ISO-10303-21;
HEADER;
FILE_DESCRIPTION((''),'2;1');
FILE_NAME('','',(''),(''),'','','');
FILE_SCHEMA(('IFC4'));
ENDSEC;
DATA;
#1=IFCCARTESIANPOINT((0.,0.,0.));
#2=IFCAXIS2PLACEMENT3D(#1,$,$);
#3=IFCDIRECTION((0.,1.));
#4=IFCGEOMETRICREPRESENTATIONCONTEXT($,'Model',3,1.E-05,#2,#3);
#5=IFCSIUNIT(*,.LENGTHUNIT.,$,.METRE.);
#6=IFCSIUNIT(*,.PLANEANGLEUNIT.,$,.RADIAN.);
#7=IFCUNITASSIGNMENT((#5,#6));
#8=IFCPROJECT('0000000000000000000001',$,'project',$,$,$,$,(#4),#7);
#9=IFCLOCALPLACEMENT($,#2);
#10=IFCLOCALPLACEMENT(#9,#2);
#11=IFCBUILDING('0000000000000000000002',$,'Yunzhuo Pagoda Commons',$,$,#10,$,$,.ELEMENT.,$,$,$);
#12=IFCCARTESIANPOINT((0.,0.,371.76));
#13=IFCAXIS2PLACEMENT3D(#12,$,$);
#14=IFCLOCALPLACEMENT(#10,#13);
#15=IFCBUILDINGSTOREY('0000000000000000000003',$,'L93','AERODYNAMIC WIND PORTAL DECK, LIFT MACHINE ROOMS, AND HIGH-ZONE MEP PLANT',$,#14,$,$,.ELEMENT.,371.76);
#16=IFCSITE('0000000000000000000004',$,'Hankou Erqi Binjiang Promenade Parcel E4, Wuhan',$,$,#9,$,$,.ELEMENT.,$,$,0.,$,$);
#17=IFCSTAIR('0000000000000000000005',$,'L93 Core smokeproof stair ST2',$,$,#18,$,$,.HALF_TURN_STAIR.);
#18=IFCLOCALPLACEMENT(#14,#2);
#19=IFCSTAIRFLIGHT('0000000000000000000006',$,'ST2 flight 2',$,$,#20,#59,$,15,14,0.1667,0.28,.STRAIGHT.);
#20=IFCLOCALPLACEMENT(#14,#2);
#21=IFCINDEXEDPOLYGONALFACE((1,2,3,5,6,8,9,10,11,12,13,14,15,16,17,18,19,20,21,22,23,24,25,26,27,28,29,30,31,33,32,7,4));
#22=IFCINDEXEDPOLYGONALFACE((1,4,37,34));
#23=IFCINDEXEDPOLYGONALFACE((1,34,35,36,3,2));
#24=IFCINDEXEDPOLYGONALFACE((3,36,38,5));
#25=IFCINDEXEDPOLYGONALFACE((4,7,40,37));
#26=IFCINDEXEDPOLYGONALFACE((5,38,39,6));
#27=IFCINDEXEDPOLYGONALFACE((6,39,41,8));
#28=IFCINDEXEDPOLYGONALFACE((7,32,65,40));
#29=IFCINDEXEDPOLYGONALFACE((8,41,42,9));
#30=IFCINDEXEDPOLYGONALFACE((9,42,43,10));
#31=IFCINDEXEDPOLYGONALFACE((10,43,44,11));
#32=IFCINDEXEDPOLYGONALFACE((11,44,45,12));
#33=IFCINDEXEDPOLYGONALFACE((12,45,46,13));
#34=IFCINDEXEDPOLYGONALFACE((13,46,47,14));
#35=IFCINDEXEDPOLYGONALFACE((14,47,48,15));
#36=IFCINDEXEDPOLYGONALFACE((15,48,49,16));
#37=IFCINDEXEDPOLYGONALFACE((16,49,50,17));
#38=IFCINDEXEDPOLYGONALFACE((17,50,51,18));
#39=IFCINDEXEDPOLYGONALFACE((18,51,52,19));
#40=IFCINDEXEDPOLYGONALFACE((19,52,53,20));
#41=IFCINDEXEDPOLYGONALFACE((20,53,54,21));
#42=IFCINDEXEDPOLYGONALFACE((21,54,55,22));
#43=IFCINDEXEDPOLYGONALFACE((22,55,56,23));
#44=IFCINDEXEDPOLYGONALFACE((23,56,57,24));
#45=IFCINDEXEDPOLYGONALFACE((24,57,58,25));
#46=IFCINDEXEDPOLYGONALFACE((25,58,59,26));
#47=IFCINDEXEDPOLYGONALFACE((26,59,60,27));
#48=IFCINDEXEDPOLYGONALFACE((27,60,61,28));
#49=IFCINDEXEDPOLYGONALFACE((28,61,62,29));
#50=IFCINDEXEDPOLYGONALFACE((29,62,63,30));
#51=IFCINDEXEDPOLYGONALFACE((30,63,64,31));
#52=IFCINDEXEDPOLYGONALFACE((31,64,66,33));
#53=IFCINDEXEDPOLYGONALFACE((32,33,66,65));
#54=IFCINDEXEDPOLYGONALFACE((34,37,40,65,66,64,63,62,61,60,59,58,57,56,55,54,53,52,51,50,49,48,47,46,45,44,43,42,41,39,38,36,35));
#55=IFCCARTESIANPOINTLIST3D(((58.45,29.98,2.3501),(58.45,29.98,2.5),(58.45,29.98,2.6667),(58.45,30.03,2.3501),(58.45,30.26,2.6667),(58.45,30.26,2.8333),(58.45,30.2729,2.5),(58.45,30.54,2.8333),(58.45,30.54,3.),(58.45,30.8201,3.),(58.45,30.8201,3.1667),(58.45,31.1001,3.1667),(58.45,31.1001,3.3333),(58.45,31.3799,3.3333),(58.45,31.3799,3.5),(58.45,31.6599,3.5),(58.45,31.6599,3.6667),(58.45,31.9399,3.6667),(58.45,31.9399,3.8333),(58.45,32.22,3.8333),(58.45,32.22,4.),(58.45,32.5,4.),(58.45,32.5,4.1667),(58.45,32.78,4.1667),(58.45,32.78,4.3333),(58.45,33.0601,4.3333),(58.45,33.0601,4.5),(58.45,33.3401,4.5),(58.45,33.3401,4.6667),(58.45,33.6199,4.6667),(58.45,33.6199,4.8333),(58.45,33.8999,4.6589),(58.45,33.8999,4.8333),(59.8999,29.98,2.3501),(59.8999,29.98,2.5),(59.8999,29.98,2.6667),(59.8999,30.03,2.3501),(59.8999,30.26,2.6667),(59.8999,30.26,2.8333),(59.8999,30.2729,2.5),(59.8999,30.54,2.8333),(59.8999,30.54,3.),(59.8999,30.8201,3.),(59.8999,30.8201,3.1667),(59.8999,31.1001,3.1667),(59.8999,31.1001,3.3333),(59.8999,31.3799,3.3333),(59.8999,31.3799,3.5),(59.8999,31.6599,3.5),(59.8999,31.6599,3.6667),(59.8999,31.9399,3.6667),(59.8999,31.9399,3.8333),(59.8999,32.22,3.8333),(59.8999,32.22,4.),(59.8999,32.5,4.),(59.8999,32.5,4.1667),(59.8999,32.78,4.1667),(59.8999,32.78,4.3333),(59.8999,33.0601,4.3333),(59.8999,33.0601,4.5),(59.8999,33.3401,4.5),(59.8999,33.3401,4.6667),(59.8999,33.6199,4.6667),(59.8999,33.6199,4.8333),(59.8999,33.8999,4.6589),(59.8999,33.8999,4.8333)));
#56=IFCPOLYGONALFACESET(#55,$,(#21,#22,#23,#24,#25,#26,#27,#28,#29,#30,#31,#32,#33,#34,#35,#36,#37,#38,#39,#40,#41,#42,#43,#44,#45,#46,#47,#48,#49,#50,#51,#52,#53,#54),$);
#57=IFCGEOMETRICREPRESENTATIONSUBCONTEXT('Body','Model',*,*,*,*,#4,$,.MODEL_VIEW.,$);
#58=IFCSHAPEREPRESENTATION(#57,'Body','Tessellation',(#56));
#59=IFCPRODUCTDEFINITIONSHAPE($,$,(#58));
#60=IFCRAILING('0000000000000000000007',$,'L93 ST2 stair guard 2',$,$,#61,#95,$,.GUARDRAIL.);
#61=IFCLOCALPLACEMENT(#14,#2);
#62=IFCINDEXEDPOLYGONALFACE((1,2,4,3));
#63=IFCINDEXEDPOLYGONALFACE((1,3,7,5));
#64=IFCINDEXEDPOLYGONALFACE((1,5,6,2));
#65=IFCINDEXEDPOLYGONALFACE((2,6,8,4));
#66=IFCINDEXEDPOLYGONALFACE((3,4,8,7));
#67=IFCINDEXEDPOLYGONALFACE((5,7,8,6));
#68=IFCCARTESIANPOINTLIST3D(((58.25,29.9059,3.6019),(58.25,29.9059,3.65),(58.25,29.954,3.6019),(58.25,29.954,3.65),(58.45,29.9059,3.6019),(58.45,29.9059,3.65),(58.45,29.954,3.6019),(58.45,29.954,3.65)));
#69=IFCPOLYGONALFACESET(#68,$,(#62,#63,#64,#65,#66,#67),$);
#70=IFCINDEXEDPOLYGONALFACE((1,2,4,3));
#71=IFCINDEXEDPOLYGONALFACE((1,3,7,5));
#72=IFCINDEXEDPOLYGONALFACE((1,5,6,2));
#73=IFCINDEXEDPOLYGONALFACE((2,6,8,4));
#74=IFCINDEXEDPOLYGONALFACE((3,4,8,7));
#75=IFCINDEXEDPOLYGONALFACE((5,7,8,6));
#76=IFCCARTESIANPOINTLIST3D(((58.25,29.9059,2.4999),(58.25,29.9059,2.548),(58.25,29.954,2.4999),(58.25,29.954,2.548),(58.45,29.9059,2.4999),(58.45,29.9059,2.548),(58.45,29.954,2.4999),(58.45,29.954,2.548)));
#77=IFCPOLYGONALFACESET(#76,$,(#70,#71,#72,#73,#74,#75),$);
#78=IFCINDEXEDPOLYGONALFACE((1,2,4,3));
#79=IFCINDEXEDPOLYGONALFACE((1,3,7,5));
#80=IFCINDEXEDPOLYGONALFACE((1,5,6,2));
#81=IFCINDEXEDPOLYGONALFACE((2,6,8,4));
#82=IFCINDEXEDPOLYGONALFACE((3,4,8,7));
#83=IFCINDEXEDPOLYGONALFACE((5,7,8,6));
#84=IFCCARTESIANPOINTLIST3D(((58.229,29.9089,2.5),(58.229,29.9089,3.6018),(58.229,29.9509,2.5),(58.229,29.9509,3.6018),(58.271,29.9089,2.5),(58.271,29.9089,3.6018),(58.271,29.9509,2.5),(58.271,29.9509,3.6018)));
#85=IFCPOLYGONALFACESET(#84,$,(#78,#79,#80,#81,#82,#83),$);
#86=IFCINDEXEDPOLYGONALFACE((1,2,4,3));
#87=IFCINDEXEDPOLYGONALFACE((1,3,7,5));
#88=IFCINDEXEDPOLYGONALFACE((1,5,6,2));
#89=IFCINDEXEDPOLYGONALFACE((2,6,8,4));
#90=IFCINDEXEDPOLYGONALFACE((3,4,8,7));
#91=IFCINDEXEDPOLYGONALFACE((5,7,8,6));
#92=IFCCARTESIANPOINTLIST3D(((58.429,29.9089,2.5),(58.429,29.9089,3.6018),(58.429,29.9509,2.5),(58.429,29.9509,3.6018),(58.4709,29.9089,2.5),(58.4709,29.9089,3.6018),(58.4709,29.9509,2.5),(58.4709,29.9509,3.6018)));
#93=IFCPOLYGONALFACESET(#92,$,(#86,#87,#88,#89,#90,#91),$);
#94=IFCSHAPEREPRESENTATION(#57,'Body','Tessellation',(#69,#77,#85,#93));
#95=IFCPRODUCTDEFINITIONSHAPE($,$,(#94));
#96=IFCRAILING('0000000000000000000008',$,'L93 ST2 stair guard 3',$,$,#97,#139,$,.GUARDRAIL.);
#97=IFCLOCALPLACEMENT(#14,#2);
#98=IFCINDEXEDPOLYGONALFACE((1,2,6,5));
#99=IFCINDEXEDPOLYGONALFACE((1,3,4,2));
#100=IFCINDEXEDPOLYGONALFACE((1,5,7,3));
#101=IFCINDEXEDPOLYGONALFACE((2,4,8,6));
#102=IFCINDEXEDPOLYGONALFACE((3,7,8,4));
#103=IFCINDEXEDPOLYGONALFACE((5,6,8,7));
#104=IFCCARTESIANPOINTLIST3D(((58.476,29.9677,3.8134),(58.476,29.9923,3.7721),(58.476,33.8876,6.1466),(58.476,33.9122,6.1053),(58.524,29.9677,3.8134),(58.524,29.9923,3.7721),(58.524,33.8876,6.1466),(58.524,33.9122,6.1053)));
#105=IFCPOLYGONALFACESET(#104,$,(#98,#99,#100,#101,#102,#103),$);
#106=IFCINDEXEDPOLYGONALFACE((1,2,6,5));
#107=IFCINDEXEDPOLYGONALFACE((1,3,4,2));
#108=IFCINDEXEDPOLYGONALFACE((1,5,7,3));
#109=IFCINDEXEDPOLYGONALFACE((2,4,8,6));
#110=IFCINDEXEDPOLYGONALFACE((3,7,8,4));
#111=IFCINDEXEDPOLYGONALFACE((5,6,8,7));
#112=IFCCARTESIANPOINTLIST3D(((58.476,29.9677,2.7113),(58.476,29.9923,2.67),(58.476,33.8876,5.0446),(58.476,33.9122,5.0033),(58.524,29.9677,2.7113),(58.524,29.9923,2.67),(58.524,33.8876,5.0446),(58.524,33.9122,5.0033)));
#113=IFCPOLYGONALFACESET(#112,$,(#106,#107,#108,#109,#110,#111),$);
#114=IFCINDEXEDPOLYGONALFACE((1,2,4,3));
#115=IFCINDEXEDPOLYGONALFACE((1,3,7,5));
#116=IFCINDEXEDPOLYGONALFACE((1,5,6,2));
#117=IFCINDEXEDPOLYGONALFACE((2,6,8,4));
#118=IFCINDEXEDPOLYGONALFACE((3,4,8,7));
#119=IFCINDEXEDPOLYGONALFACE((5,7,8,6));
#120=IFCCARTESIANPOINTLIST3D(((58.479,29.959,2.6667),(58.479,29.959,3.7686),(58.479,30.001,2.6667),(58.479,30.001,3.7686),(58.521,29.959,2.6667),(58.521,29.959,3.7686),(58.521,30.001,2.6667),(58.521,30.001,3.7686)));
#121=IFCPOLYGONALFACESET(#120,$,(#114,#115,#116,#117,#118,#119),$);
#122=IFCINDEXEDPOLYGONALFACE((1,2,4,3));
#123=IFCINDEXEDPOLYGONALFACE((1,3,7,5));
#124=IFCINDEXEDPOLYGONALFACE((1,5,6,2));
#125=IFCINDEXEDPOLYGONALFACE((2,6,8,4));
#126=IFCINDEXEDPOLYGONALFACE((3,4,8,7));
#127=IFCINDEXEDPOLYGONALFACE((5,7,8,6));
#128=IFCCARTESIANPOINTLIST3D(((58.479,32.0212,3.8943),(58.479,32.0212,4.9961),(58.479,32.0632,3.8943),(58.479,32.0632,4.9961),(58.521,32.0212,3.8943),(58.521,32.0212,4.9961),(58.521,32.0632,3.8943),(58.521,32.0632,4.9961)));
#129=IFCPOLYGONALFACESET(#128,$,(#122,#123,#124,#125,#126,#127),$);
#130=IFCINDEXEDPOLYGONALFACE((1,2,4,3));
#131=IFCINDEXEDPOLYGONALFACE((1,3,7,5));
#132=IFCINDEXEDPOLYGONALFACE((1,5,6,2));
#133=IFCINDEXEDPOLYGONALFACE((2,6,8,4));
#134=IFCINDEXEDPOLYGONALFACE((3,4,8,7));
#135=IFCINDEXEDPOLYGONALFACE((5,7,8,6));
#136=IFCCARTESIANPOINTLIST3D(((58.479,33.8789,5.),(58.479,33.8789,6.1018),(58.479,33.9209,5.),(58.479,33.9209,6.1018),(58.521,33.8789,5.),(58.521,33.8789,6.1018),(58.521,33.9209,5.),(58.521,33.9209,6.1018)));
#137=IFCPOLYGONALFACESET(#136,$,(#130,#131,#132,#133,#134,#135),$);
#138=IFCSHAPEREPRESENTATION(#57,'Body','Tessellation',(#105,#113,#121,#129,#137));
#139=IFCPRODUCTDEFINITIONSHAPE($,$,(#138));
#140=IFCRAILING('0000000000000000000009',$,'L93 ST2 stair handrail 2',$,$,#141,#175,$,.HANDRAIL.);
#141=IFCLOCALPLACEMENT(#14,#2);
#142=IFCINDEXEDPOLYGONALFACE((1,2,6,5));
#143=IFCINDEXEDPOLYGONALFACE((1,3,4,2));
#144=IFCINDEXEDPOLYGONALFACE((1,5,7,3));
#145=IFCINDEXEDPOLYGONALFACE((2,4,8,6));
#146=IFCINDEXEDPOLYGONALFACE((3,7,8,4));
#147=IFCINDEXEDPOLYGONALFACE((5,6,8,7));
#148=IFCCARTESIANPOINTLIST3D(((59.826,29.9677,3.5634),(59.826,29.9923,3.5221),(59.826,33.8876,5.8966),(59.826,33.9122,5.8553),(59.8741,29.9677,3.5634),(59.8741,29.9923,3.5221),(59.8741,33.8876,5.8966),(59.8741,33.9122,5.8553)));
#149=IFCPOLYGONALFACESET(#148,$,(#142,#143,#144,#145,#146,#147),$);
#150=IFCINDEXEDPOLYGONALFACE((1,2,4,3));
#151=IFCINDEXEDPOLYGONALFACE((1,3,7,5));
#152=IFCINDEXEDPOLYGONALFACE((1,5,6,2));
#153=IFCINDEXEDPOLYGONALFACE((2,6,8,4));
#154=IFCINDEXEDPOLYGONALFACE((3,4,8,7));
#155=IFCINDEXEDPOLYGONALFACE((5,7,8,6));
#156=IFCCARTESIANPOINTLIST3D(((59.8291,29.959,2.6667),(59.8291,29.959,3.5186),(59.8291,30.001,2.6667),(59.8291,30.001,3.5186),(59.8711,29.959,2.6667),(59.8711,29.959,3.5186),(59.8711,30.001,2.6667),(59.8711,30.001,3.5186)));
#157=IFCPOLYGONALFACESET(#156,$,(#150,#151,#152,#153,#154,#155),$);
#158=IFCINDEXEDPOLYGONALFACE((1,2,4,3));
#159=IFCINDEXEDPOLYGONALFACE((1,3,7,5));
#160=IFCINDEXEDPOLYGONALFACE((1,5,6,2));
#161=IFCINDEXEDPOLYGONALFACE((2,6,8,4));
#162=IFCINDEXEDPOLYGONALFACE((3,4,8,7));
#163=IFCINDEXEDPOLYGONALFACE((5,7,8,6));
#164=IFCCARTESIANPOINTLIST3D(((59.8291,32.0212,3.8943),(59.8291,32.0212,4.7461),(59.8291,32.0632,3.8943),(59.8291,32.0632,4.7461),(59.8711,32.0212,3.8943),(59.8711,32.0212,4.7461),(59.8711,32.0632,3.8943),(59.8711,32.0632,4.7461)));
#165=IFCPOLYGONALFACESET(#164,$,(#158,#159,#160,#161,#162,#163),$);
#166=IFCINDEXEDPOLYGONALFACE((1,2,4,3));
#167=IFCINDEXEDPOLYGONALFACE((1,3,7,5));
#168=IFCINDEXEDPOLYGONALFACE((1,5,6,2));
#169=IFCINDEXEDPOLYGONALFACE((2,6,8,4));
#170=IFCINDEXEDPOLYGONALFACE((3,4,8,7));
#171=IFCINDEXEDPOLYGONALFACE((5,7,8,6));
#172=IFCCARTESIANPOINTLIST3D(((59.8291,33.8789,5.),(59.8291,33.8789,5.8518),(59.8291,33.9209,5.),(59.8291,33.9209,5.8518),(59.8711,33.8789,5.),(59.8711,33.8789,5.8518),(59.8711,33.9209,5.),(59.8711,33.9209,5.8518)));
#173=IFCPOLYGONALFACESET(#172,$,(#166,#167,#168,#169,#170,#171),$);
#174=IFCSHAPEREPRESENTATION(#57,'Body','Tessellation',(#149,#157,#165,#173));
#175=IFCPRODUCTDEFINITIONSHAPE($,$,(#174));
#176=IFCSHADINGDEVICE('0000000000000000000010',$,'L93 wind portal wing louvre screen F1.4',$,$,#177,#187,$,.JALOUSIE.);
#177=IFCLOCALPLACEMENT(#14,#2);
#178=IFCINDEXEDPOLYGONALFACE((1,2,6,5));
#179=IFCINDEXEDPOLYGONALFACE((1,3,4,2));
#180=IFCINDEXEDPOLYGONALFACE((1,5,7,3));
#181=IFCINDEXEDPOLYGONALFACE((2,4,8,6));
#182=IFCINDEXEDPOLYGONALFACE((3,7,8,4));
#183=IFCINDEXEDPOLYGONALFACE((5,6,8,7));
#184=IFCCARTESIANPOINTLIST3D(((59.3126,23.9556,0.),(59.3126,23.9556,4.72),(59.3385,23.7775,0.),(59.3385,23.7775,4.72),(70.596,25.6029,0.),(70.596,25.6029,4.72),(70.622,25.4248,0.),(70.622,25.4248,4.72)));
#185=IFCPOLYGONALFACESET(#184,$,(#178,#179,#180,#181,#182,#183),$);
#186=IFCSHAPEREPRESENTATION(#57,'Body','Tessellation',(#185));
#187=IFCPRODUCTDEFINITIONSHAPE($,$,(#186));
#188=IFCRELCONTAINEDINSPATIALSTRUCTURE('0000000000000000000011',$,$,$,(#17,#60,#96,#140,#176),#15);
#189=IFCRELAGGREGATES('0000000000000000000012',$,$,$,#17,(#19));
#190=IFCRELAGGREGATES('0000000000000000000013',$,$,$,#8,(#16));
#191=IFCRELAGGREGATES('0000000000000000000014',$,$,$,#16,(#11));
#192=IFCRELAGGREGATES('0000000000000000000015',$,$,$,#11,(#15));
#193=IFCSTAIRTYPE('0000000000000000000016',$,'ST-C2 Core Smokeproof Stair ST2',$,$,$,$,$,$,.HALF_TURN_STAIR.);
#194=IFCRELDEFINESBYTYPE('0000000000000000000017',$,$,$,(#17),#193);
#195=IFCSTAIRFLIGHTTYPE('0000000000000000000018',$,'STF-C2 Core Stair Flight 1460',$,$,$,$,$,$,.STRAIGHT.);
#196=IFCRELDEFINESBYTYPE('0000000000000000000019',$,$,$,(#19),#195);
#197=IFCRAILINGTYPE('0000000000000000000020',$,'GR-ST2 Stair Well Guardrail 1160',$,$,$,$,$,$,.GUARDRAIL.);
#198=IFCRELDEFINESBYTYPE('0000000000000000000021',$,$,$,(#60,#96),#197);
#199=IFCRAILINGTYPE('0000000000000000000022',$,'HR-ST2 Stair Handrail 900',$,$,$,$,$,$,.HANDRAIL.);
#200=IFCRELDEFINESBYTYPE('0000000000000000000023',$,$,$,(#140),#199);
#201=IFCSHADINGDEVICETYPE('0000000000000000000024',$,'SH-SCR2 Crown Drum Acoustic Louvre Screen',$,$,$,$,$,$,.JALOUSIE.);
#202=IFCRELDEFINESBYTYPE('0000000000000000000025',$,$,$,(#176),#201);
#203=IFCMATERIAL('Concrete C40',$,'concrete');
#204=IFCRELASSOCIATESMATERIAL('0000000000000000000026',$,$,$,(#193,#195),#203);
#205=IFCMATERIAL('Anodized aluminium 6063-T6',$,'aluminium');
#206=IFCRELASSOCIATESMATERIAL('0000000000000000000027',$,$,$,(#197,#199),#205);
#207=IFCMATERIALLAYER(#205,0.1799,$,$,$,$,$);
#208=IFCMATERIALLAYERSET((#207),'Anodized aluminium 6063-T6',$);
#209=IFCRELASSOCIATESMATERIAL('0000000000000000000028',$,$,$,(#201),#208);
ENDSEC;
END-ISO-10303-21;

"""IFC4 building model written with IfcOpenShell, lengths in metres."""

from ifc_helpers import new_model, si_unit, direction, frame, origin, origin_2d, place, context, subcontext, project, spatial, polyline, rectangle, outline, extrude, source, transform, mapped, material, layer, layer_set, type_object, element, aggregate, save


model = new_model("IFC4")

# Units and contexts
model_context = context("Model", 3, precision=1e-05, world=origin(), true_north=direction((0.0, 1.0)))
body_context = subcontext(model_context, "Body", "Model", "MODEL_VIEW")
ifc_project = project(units=[si_unit("LENGTHUNIT", "METRE"), si_unit("PLANEANGLEUNIT", "RADIAN")], contexts=[model_context])

# Site, building, storey
site_placement = place(None, origin())
site = spatial("IfcSite", under=ifc_project, at=site_placement, Name="Hankou Erqi Binjiang Promenade Parcel E4, Wuhan", CompositionType="ELEMENT", RefElevation=0.0)
building_placement = place(site_placement, origin())
building = spatial("IfcBuilding", under=site, at=building_placement, Name="Yunzhuo Pagoda Commons", CompositionType="ELEMENT")
storey_placement = place(building_placement, frame((0.0, 0.0, 371.76)))
storey = spatial("IfcBuildingStorey", under=building, at=storey_placement, Name="L93", Description="AERODYNAMIC WIND PORTAL DECK, LIFT MACHINE ROOMS, AND HIGH-ZONE MEP PLANT", CompositionType="ELEMENT", Elevation=371.76)

# Shared definitions
ifc_material_1 = material(Name="Concrete C40", Category="concrete")

# Stair, stair flight
stair_type = type_object("IfcStairType", Name="ST-C2 Core Smokeproof Stair ST2", PredefinedType="HALF_TURN_STAIR", material=ifc_material_1)
stair_placement = place(storey_placement, origin())
stair = element("IfcStair", 1, at=stair_placement, inside=storey, type_object=stair_type, Name="L93 Core smokeproof stair ST2", PredefinedType="HALF_TURN_STAIR")
stair_flight_type = type_object("IfcStairFlightType", Name="STF-C2 Core Stair Flight 1460", PredefinedType="STRAIGHT", material=ifc_material_1)
shared_shape_1 = source(origin(), body_context, "Body", "SweptSolid", [
    extrude(outline(polyline([(0.0, -0.1499), (0.0, 0.0), (0.0, 0.1667), (0.28, 0.1667), (0.28, 0.3333), (0.5601, 0.3333), (0.5601, 0.5), (0.8401, 0.5), (0.8401, 0.6667), (1.1201, 0.6667), (1.1201, 0.8333), (1.3999, 0.8333), (1.3999, 1.0), (1.6799, 1.0), (1.6799, 1.1667), (1.96, 1.1667), (1.96, 1.3333), (2.24, 1.3333), (2.24, 1.5), (2.52, 1.5), (2.52, 1.6667), (2.8, 1.6667), (2.8, 1.8333), (3.0801, 1.8333), (3.0801, 2.0), (3.3601, 2.0), (3.3601, 2.1667), (3.6399, 2.1667), (3.6399, 2.3333), (3.9199, 2.3333), (3.9199, 2.5), (3.9199, 2.1589), (0.293, 0.0), (0.05, -0.1499), (0.0, -0.1499)])), frame((0.0, 0.7251, 0.0), z_axis=(0.0, -1.0, 0.0), x_axis=(1.0, 0.0, 0.0)), (0.0, 0.0, 1.0), 1.45),
])
stair_flight_placement = place(storey_placement, frame((59.175, 29.98, 2.5), z_axis=(0.0, 0.0, 1.0), x_axis=(0.0, 1.0, 0.0)))
stair_flight = element("IfcStairFlight", 2, at=stair_flight_placement, type_object=stair_flight_type, Name="ST2 flight 2", NumberOfRisers=15, NumberOfTreads=14, PredefinedType="STRAIGHT", RiserHeight=0.1667, TreadLength=0.28, context=body_context, shape_type="MappedRepresentation", body=[
    mapped(shared_shape_1, transform((0.0, 0.0, 0.0), scale=1.0)),
])
aggregate(stair, [stair_flight])

# Railings
ifc_material_2 = material(Name="Anodized aluminium 6063-T6", Category="aluminium")
railing_type_1 = type_object("IfcRailingType", Name="GR-ST2 Stair Well Guardrail 1160", PredefinedType="GUARDRAIL", material=ifc_material_2)
railing_1_placement = place(storey_placement, frame((58.25, 29.9299, 2.5)))
element("IfcRailing", 3, at=railing_1_placement, inside=storey, type_object=railing_type_1, Name="L93 ST2 stair guard 2", PredefinedType="GUARDRAIL", context=body_context, shape_type="SweptSolid", body=[
    extrude(rectangle(XDim=0.0481, YDim=0.0481, at=origin_2d()), frame((0.0, 0.0, 1.126), z_axis=(1.0, 0.0, 0.0), x_axis=(0.0, 1.0, 0.0)), (0.0, 0.0, 1.0), 0.2),
    extrude(rectangle(XDim=0.0481, YDim=0.0481, at=origin_2d()), frame((0.0, 0.0, 0.0239), z_axis=(1.0, 0.0, 0.0), x_axis=(0.0, 1.0, 0.0)), (0.0, 0.0, 1.0), 0.2),
    extrude(rectangle(XDim=0.042, YDim=0.042, at=origin_2d()), origin(), (0.0, 0.0, 1.0), 1.1018),
    extrude(rectangle(XDim=0.042, YDim=0.042, at=origin_2d()), frame((0.2, 0.0, 0.0)), (0.0, 0.0, 1.0), 1.1018),
])
railing_2_placement = place(storey_placement, frame((58.5, 29.98, 2.6667)))
element("IfcRailing", 4, at=railing_2_placement, inside=storey, type_object=railing_type_1, Name="L93 ST2 stair guard 3", PredefinedType="GUARDRAIL", context=body_context, shape_type="SweptSolid", body=[
    extrude(rectangle(XDim=0.0481, YDim=0.0481, at=origin_2d()), frame((0.0, 0.0, 1.126), z_axis=(0.0, 0.859296, 0.511478), x_axis=(-1.0, 0.0, 0.0)), (0.0, 0.0, 1.0), 4.5618),
    extrude(rectangle(XDim=0.0481, YDim=0.0481, at=origin_2d()), frame((0.0, 0.0, 0.0239), z_axis=(0.0, 0.859296, 0.511478), x_axis=(-1.0, 0.0, 0.0)), (0.0, 0.0, 1.0), 4.5618),
    extrude(rectangle(XDim=0.042, YDim=0.042, at=origin_2d()), origin(), (0.0, 0.0, 1.0), 1.1018),
    extrude(rectangle(XDim=0.042, YDim=0.042, at=origin_2d()), frame((0.0, 2.0623, 1.2275)), (0.0, 0.0, 1.0), 1.1018),
    extrude(rectangle(XDim=0.042, YDim=0.042, at=origin_2d()), frame((0.0, 3.9199, 2.3333)), (0.0, 0.0, 1.0), 1.1018),
])
railing_type_2 = type_object("IfcRailingType", Name="HR-ST2 Stair Handrail 900", PredefinedType="HANDRAIL", material=ifc_material_2)
railing_3_placement = place(storey_placement, frame((59.8501, 29.98, 2.6667)))
element("IfcRailing", 5, at=railing_3_placement, inside=storey, type_object=railing_type_2, Name="L93 ST2 stair handrail 2", PredefinedType="HANDRAIL", context=body_context, shape_type="SweptSolid", body=[
    extrude(rectangle(XDim=0.0481, YDim=0.0481, at=origin_2d()), frame((0.0, 0.0, 0.876), z_axis=(0.0, 0.859296, 0.511478), x_axis=(-1.0, 0.0, 0.0)), (0.0, 0.0, 1.0), 4.5618),
    extrude(rectangle(XDim=0.042, YDim=0.042, at=origin_2d()), origin(), (0.0, 0.0, 1.0), 0.8518),
    extrude(rectangle(XDim=0.042, YDim=0.042, at=origin_2d()), frame((0.0, 2.0623, 1.2275)), (0.0, 0.0, 1.0), 0.8518),
    extrude(rectangle(XDim=0.042, YDim=0.042, at=origin_2d()), frame((0.0, 3.9199, 2.3333)), (0.0, 0.0, 1.0), 0.8518),
])

# Shading device
ifc_layer_1 = layer(ifc_material_2, 0.1799)
ifc_layer_set_1 = layer_set([ifc_layer_1], Name="Anodized aluminium 6063-T6")
shading_device_type = type_object("IfcShadingDeviceType", Name="SH-SCR2 Crown Drum Acoustic Louvre Screen", PredefinedType="JALOUSIE", material=ifc_layer_set_1)
shared_shape_2 = source(origin(), body_context, "Body", "SweptSolid", [
    extrude(rectangle(XDim=11.4031, YDim=0.1799, at=origin_2d()), origin(), (0.0, 0.0, 1.0), 4.72),
])
shading_device_placement = place(storey_placement, frame((64.9673, 24.6902, 0.0), z_axis=(0.0, 0.0, 1.0), x_axis=(0.989511, 0.14446, 0.0)))
element("IfcShadingDevice", 6, at=shading_device_placement, inside=storey, type_object=shading_device_type, Name="L93 wind portal wing louvre screen F1.4", PredefinedType="JALOUSIE", context=body_context, shape_type="MappedRepresentation", body=[
    mapped(shared_shape_2, transform((0.0, 0.0, 0.0), scale=1.0)),
])

save(model, "model.ifc")
